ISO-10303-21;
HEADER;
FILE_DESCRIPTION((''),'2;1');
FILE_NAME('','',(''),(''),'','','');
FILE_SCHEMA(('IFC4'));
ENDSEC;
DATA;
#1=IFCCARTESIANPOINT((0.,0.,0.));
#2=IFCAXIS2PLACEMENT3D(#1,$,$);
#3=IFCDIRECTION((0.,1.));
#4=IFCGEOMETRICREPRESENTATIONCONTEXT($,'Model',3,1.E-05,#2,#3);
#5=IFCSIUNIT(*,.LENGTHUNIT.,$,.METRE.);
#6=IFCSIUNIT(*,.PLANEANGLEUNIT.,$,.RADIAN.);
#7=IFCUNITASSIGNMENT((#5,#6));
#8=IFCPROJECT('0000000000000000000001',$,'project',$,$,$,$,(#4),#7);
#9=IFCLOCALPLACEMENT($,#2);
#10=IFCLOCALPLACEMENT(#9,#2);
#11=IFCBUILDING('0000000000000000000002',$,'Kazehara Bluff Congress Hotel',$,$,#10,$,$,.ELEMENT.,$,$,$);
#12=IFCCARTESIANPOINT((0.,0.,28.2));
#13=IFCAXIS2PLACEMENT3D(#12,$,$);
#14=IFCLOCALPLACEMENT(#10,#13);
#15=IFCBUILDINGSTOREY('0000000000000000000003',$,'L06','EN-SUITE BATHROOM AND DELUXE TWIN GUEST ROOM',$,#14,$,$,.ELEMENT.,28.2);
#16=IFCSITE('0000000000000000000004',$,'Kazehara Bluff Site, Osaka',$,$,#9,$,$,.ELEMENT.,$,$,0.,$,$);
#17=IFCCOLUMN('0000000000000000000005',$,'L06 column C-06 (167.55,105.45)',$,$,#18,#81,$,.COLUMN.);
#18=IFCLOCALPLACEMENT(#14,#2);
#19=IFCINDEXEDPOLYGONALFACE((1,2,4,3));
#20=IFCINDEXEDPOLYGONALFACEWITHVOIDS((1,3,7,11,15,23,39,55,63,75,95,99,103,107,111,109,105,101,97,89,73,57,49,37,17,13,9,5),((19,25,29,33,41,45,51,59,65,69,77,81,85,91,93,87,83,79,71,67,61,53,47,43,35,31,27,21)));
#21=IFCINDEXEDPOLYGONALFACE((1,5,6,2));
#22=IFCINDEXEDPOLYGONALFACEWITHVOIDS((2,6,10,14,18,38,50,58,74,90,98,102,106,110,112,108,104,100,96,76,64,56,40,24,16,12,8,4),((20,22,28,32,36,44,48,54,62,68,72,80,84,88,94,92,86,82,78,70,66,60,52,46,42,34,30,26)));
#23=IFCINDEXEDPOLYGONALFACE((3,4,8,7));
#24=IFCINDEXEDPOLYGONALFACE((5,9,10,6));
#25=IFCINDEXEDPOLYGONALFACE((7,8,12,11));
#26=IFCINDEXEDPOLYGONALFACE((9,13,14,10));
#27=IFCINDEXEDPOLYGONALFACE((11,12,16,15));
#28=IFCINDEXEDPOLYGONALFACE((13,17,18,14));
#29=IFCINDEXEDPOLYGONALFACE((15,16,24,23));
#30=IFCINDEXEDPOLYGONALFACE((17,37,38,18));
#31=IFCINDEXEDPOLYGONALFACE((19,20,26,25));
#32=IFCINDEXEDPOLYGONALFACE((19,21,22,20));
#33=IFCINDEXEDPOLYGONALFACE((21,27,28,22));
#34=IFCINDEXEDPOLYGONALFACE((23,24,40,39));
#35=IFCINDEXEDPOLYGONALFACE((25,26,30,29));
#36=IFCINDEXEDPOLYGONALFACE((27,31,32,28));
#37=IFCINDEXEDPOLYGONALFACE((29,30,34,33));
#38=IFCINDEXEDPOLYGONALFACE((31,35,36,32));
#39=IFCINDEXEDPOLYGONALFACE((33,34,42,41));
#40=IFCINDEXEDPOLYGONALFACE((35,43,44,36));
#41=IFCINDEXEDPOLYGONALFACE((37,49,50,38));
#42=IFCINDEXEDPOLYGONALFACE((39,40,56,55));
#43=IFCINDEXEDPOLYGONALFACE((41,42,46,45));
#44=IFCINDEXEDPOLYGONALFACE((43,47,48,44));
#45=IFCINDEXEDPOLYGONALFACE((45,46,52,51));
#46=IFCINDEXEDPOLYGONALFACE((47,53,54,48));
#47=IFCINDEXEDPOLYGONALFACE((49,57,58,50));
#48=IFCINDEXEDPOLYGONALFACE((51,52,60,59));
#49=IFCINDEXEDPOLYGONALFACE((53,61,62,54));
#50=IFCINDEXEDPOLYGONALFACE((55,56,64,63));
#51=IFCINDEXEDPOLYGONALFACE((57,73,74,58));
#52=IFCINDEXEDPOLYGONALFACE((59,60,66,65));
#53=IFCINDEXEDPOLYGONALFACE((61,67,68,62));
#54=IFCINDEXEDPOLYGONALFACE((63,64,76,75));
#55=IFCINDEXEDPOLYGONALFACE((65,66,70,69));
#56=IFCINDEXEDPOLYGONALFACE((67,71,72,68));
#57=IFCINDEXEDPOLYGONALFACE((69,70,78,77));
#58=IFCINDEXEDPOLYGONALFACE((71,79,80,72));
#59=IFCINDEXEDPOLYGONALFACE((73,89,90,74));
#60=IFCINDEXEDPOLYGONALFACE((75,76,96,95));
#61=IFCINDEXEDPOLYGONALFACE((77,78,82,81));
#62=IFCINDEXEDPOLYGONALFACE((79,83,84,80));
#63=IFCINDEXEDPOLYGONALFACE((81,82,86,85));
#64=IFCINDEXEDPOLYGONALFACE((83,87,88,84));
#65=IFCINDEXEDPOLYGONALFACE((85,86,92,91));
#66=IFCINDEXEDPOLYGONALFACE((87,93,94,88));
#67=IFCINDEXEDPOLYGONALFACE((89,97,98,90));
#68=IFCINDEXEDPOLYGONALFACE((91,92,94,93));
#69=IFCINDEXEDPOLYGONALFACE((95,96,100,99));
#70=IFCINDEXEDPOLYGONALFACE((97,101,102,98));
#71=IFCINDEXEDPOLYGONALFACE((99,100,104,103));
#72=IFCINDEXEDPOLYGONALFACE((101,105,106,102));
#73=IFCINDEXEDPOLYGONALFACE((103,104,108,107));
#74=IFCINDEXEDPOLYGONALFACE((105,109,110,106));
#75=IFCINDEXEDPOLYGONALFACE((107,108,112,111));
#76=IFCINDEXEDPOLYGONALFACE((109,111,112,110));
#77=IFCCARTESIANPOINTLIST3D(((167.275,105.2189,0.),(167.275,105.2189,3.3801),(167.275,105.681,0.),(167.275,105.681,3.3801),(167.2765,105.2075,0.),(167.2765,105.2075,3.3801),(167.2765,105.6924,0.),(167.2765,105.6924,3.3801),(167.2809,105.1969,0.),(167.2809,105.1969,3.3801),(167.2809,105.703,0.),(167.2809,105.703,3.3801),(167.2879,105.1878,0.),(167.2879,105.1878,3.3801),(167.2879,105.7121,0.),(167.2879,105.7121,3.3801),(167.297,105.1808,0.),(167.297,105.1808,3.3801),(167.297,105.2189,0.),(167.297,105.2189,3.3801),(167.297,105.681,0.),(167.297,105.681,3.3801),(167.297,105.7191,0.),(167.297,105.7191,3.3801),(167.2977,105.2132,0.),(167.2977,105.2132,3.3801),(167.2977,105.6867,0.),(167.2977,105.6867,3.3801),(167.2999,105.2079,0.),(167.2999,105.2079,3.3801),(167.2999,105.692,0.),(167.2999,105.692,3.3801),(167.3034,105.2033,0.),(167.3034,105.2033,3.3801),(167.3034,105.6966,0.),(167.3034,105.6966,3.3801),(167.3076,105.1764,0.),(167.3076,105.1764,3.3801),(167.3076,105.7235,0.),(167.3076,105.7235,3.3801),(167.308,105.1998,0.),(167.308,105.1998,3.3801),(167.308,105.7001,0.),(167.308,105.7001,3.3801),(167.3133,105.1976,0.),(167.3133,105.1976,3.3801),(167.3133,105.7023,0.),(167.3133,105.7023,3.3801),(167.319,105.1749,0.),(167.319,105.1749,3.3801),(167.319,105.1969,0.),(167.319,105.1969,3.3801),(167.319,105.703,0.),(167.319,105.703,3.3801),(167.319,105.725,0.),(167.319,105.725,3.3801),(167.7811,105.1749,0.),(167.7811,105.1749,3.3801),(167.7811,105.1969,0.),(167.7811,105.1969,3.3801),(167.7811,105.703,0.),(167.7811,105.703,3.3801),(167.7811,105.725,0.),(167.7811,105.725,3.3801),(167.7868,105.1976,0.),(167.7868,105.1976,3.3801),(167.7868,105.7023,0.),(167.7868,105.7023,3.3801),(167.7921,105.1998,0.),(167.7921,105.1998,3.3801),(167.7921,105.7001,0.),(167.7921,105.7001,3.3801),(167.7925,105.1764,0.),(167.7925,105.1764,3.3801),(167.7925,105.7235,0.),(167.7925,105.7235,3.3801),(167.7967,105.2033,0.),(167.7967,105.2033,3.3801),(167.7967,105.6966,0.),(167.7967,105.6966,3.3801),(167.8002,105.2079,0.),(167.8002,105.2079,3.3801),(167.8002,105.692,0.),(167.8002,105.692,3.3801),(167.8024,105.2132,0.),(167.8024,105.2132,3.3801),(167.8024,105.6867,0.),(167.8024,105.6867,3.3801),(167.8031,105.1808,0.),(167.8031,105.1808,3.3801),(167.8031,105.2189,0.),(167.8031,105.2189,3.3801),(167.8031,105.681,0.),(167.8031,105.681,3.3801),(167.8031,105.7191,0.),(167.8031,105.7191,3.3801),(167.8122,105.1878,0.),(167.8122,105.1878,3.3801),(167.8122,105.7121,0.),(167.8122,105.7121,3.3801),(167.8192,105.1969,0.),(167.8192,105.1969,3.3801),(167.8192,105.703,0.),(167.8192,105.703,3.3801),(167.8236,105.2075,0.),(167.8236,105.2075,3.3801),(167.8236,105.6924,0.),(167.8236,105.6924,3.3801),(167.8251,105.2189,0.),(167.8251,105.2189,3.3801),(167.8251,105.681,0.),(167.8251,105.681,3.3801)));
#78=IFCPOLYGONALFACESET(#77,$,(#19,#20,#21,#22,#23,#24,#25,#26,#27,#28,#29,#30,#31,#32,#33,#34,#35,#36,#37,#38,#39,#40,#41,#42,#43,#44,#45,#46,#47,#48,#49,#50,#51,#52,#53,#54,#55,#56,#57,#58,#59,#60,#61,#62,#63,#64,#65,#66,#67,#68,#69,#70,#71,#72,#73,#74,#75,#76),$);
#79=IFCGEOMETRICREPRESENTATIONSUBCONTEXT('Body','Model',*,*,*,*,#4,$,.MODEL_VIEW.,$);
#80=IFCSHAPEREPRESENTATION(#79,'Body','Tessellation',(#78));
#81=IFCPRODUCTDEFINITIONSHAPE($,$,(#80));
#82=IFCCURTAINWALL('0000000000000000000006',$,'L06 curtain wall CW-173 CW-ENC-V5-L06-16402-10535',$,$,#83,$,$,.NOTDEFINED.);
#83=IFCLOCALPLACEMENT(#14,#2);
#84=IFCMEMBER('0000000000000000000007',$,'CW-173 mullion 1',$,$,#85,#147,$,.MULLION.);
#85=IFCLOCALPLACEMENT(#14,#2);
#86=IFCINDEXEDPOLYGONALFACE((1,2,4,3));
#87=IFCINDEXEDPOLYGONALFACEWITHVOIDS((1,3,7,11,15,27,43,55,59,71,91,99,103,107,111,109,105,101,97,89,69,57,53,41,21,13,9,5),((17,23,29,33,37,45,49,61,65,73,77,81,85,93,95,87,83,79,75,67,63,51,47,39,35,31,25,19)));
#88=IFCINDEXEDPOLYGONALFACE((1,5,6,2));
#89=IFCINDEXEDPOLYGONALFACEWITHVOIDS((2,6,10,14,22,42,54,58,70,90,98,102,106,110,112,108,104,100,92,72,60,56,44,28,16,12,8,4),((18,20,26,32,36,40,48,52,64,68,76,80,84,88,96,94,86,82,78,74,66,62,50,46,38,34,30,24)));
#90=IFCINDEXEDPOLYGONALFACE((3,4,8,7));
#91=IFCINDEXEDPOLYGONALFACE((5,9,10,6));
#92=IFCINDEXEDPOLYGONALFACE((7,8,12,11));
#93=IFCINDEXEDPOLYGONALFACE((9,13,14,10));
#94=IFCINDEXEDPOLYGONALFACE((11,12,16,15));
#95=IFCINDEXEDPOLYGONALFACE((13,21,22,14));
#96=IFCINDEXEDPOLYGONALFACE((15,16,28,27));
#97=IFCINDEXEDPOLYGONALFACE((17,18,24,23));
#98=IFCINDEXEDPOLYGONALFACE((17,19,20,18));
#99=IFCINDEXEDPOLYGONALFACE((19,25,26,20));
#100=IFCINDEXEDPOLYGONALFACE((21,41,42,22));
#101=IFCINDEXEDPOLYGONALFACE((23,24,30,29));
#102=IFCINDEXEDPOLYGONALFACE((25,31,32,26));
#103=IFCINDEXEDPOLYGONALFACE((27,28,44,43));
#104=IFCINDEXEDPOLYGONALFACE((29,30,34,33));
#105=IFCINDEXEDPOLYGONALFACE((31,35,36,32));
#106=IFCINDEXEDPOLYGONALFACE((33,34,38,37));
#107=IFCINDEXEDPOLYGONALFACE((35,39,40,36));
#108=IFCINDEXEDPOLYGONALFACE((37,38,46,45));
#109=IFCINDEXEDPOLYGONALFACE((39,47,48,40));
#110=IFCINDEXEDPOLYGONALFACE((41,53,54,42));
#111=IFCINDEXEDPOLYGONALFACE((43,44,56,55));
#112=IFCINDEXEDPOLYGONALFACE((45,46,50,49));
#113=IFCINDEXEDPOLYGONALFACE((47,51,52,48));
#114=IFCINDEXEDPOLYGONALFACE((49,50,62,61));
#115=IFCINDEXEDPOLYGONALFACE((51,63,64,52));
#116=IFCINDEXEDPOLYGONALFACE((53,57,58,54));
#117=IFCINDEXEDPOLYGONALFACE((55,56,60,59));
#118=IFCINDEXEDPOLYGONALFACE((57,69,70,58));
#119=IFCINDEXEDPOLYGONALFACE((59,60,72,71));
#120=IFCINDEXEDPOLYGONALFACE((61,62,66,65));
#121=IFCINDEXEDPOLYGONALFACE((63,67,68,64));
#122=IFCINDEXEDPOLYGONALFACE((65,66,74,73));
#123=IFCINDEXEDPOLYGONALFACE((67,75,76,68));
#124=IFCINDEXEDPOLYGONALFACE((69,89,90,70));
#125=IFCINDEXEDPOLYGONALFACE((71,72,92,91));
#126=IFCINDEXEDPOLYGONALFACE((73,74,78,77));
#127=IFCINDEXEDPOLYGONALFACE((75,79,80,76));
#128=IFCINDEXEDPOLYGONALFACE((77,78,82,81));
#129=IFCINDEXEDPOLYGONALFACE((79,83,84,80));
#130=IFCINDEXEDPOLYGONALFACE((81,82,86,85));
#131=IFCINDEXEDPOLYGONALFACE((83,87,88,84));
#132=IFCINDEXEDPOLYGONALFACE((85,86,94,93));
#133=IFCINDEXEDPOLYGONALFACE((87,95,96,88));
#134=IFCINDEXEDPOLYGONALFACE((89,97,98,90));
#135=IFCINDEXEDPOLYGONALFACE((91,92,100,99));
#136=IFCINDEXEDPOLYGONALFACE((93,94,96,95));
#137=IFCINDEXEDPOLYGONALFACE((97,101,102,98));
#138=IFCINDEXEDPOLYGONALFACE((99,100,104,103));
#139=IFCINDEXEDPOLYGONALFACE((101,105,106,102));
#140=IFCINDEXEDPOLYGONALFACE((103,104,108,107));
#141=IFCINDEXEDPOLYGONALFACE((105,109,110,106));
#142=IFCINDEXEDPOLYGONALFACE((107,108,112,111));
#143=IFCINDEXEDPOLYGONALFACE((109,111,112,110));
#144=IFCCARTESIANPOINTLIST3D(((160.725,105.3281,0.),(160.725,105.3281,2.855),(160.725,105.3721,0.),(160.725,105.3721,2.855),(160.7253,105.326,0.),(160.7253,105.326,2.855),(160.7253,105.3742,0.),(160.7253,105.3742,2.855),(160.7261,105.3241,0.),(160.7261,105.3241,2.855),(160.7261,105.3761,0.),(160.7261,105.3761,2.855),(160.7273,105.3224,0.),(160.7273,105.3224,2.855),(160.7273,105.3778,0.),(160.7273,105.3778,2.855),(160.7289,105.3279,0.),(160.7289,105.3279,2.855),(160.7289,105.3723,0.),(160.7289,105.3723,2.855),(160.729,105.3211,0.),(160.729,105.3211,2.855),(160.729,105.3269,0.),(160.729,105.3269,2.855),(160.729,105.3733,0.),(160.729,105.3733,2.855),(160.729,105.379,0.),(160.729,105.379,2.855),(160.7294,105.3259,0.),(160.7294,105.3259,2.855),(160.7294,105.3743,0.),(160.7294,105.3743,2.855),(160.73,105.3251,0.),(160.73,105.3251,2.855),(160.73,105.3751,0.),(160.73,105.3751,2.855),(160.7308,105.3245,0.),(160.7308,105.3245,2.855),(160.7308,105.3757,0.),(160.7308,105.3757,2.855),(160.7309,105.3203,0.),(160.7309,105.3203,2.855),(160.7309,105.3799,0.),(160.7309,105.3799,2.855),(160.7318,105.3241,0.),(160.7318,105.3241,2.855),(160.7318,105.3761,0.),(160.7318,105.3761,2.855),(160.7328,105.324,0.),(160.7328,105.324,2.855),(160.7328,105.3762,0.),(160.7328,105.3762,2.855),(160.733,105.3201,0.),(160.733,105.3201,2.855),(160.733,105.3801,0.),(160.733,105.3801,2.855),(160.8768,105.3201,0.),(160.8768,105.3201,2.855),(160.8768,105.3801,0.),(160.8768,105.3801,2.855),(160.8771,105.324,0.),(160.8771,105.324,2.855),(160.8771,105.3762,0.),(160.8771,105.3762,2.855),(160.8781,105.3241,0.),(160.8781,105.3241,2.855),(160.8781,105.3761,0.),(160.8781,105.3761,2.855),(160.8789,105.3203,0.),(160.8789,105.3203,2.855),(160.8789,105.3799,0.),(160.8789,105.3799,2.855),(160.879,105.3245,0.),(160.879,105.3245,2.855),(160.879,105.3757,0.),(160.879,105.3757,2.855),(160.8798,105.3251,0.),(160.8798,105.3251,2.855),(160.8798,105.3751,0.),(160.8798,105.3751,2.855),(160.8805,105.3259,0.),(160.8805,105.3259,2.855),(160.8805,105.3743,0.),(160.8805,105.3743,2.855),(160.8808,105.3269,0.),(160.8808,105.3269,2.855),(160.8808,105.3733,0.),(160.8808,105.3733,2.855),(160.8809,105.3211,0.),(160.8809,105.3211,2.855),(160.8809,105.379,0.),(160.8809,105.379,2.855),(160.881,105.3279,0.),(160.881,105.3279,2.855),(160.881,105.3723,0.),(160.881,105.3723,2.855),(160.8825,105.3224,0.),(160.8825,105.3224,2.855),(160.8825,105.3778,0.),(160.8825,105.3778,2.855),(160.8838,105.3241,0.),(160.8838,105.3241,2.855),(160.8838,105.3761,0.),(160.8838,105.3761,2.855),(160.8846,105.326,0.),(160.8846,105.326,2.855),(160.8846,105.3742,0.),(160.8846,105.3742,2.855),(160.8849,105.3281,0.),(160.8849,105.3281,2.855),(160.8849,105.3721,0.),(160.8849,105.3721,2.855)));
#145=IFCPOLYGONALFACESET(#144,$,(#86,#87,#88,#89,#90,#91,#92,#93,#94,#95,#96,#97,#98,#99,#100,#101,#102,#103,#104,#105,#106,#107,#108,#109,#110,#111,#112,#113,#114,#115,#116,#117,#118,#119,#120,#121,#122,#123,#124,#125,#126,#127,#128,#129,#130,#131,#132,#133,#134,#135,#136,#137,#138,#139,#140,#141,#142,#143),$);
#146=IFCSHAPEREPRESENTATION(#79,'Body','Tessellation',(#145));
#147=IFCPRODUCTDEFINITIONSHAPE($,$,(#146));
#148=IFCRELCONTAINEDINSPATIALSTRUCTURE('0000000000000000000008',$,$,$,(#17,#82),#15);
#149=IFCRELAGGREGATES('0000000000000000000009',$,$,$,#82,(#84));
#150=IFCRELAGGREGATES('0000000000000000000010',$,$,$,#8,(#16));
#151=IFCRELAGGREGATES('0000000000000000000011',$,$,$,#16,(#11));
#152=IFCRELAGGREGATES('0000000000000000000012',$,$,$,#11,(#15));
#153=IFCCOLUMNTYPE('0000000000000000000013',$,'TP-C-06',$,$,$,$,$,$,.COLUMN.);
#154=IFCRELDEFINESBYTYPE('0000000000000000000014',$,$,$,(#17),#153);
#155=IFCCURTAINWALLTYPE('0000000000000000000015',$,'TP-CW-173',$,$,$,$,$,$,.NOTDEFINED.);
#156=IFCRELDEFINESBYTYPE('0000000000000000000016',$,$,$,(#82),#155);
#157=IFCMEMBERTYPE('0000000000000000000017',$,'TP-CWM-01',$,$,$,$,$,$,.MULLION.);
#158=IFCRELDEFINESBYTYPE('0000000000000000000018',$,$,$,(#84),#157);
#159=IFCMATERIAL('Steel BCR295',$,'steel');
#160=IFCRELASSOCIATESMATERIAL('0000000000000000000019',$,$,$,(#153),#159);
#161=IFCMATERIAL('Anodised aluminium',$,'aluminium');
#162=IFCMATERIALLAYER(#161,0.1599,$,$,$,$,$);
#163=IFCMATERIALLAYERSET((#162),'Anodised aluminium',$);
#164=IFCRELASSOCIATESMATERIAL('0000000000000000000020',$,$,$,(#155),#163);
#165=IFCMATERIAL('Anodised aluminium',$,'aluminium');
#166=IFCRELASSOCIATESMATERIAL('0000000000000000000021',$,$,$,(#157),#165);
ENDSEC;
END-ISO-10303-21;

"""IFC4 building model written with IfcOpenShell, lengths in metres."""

from ifc_helpers import new_model, si_unit, direction, frame, origin, origin_2d, place, context, subcontext, project, spatial, hollow_rectangle, extrude, material, layer, layer_set, material_profile, profile_set, type_object, element, aggregate, save


model = new_model("IFC4")

# Units and contexts
model_context = context("Model", 3, precision=1e-05, world=origin(), true_north=direction((0.0, 1.0)))
body_context = subcontext(model_context, "Body", "Model", "MODEL_VIEW")
ifc_project = project(units=[si_unit("LENGTHUNIT", "METRE"), si_unit("PLANEANGLEUNIT", "RADIAN")], contexts=[model_context])

# Site, building, storey
site_placement = place(None, origin())
site = spatial("IfcSite", under=ifc_project, at=site_placement, Name="Kazehara Bluff Site, Osaka", CompositionType="ELEMENT", RefElevation=0.0)
building_placement = place(site_placement, origin())
building = spatial("IfcBuilding", under=site, at=building_placement, Name="Kazehara Bluff Congress Hotel", CompositionType="ELEMENT")
storey_placement = place(building_placement, frame((0.0, 0.0, 28.2)))
storey = spatial("IfcBuildingStorey", under=building, at=storey_placement, Name="L06", Description="EN-SUITE BATHROOM AND DELUXE TWIN GUEST ROOM", CompositionType="ELEMENT", Elevation=28.2)

# Column
ifc_material_1 = material(Name="Steel BCR295", Category="steel")
ifc_material_profile_1 = material_profile(ifc_material_1, hollow_rectangle(XDim=0.55, YDim=0.55, WallThickness=0.022, InnerFilletRadius=0.022, OuterFilletRadius=0.0439, at=origin_2d()))
ifc_profile_set_1 = profile_set([ifc_material_profile_1], Name="Steel BCR295")
column_type = type_object("IfcColumnType", Name="TP-C-06", PredefinedType="COLUMN", material=ifc_profile_set_1)
column_placement = place(storey_placement, frame((167.55, 105.45, 0.0), z_axis=(0.0, 0.0, 1.0), x_axis=(1.0, 0.0, 0.0)))
element("IfcColumn", 1, at=column_placement, inside=storey, type_object=column_type, Name="L06 column C-06 (167.55,105.45)", PredefinedType="COLUMN", context=body_context, shape_type="SweptSolid", body=[
    extrude(hollow_rectangle(XDim=0.55, YDim=0.55, WallThickness=0.022, InnerFilletRadius=0.022, OuterFilletRadius=0.0439, at=origin_2d()), origin(), (0.0, 0.0, 1.0), 3.3801),
])

# Curtain wall, member
ifc_material_2 = material(Name="Anodised aluminium", Category="aluminium")
ifc_layer_1 = layer(ifc_material_2, 0.1599)
ifc_layer_set_1 = layer_set([ifc_layer_1], Name="Anodised aluminium")
curtain_wall_type = type_object("IfcCurtainWallType", Name="TP-CW-173", PredefinedType="NOTDEFINED", material=ifc_layer_set_1)
curtain_wall_placement = place(storey_placement, origin())
curtain_wall = element("IfcCurtainWall", 2, at=curtain_wall_placement, inside=storey, type_object=curtain_wall_type, Name="L06 curtain wall CW-173 CW-ENC-V5-L06-16402-10535", PredefinedType="NOTDEFINED")
ifc_material_3 = material(Name="Anodised aluminium", Category="aluminium")
ifc_material_profile_2 = material_profile(ifc_material_3, hollow_rectangle(XDim=0.0601, YDim=0.1599, WallThickness=0.0039, InnerFilletRadius=0.0039, OuterFilletRadius=0.0081, at=origin_2d()))
ifc_profile_set_2 = profile_set([ifc_material_profile_2], Name="Anodised aluminium")
member_type_1 = type_object("IfcMemberType", Name="TP-CWM-01", PredefinedType="MULLION", material=ifc_profile_set_2)
member_1_placement = place(storey_placement, frame((160.8049, 105.3501, 0.0), z_axis=(0.0, 0.0, 1.0), x_axis=(0.0, 1.0, 0.0)))
member_1 = element("IfcMember", 3, at=member_1_placement, type_object=member_type_1, Name="CW-173 mullion 1", PredefinedType="MULLION", context=body_context, shape_type="SweptSolid", body=[
    extrude(hollow_rectangle(XDim=0.0601, YDim=0.1599, WallThickness=0.0039, InnerFilletRadius=0.0039, OuterFilletRadius=0.0081, at=origin_2d()), origin(), (0.0, 0.0, 1.0), 2.855),
])

aggregate(curtain_wall, [member_1])

save(model, "model.ifc")
